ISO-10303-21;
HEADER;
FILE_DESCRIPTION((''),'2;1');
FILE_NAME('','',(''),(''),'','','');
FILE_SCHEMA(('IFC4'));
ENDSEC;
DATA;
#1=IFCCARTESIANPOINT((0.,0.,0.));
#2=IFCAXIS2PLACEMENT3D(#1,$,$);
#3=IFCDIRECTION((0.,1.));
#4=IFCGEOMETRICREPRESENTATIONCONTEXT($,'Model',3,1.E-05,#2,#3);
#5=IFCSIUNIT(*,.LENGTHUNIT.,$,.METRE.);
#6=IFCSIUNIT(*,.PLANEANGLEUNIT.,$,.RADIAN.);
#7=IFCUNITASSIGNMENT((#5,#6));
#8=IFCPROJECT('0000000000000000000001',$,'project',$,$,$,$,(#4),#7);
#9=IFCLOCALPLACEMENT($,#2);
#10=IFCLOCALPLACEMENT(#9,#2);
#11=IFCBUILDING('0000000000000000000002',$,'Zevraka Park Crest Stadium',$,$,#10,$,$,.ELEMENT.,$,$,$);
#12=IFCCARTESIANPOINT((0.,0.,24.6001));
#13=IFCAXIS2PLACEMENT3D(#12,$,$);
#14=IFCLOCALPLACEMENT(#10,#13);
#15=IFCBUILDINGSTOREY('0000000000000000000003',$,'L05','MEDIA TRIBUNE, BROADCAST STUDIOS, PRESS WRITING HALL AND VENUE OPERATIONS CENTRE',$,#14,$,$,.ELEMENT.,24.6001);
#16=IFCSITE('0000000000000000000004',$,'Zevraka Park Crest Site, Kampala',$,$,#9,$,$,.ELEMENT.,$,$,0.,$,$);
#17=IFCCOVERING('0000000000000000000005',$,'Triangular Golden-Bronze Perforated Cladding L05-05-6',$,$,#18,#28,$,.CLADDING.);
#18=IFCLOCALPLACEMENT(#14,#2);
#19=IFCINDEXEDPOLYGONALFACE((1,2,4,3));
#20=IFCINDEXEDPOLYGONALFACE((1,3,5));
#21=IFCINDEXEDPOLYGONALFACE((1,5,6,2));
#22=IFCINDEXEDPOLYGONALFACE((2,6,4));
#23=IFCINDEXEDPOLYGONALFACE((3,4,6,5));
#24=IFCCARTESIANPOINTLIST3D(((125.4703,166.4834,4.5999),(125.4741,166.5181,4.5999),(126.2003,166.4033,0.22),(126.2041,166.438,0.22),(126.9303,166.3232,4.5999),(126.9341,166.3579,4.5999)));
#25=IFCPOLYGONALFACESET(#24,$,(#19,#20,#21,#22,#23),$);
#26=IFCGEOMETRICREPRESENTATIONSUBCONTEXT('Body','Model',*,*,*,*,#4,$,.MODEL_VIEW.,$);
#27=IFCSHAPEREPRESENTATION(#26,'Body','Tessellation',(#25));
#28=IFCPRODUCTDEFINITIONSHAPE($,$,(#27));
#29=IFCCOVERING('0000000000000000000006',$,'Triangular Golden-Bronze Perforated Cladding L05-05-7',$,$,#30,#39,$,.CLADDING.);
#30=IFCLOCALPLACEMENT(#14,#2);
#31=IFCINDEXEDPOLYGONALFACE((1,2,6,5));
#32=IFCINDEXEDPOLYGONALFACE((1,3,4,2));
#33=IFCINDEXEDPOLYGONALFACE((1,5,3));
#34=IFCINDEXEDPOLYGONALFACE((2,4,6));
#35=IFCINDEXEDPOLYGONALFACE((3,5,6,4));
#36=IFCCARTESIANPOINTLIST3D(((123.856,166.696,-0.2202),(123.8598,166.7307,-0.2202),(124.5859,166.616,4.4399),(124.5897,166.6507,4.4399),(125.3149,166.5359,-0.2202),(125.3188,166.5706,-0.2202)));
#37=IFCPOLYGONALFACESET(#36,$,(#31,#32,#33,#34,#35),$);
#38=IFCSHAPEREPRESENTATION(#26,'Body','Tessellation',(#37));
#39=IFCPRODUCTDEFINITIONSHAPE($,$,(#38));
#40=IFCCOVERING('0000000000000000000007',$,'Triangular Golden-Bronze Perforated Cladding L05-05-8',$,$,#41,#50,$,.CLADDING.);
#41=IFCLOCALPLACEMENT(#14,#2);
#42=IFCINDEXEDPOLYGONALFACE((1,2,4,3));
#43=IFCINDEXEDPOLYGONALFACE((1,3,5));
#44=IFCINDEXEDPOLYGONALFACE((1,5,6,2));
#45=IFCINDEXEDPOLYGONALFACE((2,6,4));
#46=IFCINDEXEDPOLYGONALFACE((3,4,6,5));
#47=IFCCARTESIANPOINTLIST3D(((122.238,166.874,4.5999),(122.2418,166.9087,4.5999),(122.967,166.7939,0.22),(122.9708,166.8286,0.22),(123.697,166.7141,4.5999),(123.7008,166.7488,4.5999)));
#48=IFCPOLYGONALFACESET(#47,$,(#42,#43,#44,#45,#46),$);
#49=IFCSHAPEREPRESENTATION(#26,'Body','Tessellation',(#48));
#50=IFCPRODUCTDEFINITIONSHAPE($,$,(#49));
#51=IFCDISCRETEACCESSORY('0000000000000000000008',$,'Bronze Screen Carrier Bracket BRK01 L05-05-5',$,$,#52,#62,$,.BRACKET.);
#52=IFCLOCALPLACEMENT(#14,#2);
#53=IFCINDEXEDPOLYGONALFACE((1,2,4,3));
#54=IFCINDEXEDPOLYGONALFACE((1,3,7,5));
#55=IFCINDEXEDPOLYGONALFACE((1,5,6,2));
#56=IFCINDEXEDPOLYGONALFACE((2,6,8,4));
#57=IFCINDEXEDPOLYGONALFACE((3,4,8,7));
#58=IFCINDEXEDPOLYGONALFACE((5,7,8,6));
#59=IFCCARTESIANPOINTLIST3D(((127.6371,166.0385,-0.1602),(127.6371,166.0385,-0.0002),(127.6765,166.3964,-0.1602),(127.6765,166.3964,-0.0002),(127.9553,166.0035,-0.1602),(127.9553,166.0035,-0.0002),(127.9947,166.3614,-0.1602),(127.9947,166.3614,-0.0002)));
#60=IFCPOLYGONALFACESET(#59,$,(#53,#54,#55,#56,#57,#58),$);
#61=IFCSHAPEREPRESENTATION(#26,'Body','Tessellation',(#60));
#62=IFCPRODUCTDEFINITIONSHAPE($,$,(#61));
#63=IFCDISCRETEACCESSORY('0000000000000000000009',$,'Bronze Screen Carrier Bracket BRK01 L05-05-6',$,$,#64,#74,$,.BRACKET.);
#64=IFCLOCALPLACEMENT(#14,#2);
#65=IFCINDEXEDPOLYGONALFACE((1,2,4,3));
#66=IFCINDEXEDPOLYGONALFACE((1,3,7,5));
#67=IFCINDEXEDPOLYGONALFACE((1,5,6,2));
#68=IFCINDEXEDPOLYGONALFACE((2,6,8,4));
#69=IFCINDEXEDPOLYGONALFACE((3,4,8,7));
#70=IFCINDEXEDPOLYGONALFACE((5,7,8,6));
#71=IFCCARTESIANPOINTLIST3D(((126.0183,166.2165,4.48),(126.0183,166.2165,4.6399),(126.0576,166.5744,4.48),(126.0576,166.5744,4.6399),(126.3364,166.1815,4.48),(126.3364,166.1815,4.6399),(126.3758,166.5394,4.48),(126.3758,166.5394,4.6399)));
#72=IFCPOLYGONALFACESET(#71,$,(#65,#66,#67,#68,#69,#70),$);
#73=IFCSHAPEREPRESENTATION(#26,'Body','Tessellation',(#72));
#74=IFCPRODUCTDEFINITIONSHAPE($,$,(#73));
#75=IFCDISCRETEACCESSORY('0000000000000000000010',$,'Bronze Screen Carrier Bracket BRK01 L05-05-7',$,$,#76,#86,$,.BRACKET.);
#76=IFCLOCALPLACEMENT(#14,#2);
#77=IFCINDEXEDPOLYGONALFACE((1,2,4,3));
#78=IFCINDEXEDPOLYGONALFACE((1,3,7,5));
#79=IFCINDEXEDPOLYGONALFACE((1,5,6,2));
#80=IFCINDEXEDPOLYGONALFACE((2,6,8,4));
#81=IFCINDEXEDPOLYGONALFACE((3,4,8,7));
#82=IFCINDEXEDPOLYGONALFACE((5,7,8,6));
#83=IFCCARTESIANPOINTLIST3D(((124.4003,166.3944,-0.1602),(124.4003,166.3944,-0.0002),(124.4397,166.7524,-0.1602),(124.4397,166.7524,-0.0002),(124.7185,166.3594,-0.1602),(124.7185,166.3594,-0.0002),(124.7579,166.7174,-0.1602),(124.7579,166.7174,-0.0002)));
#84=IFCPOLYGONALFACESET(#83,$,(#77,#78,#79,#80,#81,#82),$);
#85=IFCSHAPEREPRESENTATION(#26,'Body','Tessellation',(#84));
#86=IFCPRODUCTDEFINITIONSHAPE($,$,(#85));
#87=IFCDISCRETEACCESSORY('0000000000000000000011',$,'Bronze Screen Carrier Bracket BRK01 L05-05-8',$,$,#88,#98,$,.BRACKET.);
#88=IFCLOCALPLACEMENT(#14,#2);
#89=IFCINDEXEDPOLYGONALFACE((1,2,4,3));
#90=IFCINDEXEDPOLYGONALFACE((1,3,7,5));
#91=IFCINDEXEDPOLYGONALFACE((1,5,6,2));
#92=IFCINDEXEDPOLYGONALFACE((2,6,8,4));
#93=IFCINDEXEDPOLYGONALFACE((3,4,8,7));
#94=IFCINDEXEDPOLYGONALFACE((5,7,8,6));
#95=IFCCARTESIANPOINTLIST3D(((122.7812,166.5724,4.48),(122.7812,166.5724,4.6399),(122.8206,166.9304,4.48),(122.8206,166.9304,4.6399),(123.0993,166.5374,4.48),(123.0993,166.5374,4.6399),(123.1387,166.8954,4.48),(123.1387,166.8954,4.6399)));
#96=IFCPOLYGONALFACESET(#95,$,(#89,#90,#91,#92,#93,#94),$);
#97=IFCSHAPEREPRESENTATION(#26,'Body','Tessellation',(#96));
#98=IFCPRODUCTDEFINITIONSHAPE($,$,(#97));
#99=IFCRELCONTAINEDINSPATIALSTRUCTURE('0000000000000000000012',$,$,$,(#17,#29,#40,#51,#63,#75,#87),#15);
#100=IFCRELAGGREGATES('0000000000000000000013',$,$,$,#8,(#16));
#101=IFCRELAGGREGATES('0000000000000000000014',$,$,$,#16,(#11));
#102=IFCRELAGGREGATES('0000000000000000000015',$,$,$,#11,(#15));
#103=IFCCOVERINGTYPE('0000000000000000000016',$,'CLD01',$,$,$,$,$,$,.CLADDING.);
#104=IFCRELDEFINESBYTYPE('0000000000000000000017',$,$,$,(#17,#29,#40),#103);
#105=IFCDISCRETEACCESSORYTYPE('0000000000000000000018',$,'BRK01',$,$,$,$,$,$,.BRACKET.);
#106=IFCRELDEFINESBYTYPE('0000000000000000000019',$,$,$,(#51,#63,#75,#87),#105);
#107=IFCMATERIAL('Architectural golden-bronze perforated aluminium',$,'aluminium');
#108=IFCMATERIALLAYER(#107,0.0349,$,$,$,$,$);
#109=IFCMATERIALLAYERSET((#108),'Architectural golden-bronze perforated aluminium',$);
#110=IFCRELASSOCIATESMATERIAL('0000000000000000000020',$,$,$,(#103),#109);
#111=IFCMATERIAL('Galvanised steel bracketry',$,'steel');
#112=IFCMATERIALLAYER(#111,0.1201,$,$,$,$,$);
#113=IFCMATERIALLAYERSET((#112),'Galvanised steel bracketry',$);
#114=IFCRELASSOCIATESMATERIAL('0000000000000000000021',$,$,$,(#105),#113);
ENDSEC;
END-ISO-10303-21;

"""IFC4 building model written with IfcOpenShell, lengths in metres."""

from ifc_helpers import new_model, si_unit, direction, frame, origin, origin_2d, place, context, subcontext, project, spatial, polyline, rectangle, outline, extrude, material, layer, layer_set, type_object, element, save


model = new_model("IFC4")

# Units and contexts
model_context = context("Model", 3, precision=1e-05, world=origin(), true_north=direction((0.0, 1.0)))
body_context = subcontext(model_context, "Body", "Model", "MODEL_VIEW")
ifc_project = project(units=[si_unit("LENGTHUNIT", "METRE"), si_unit("PLANEANGLEUNIT", "RADIAN")], contexts=[model_context])

# Site, building, storey
site_placement = place(None, origin())
site = spatial("IfcSite", under=ifc_project, at=site_placement, Name="Zevraka Park Crest Site, Kampala", CompositionType="ELEMENT", RefElevation=0.0)
building_placement = place(site_placement, origin())
building = spatial("IfcBuilding", under=site, at=building_placement, Name="Zevraka Park Crest Stadium", CompositionType="ELEMENT")
storey_placement = place(building_placement, frame((0.0, 0.0, 24.6001)))
storey = spatial("IfcBuildingStorey", under=building, at=storey_placement, Name="L05", Description="MEDIA TRIBUNE, BROADCAST STUDIOS, PRESS WRITING HALL AND VENUE OPERATIONS CENTRE", CompositionType="ELEMENT", Elevation=24.6001)

# Coverings
ifc_material_1 = material(Name="Architectural golden-bronze perforated aluminium", Category="aluminium")
ifc_layer_1 = layer(ifc_material_1, 0.0349)
ifc_layer_set_1 = layer_set([ifc_layer_1], Name="Architectural golden-bronze perforated aluminium")
covering_type = type_object("IfcCoveringType", Name="CLD01", PredefinedType="CLADDING", material=ifc_layer_set_1)
covering_1_placement = place(storey_placement, frame((125.4741, 166.5181, 4.5999), z_axis=(0.109045, 0.994037, 0.0), x_axis=(0.994037, -0.109045, 0.0)))
element("IfcCovering", 1, at=covering_1_placement, inside=storey, type_object=covering_type, Name="Triangular Golden-Bronze Perforated Cladding L05-05-6", PredefinedType="CLADDING", context=body_context, shape_type="SweptSolid", body=[
    extrude(outline(polyline([(0.0, 0.0), (1.4687, 0.0), (0.7344, 4.3799), (0.0, 0.0)])), origin(), (0.0, 0.0, -1.0), 0.0349),
])
covering_2_placement = place(storey_placement, frame((125.3149, 166.5359, -0.2202), z_axis=(-0.109117, -0.994029, 0.000011), x_axis=(-0.994029, 0.109117, 0.0)))
element("IfcCovering", 2, at=covering_2_placement, inside=storey, type_object=covering_type, Name="Triangular Golden-Bronze Perforated Cladding L05-05-7", PredefinedType="CLADDING", context=body_context, shape_type="SweptSolid", body=[
    extrude(outline(polyline([(0.0, 0.0), (1.4677, 0.0), (0.7334, -4.6602), (0.0, 0.0)])), origin(), (0.0, 0.0, -1.0), 0.0349),
])
covering_3_placement = place(storey_placement, frame((122.238, 166.874, 4.5999), z_axis=(-0.108953, -0.994047, 0.00004), x_axis=(0.994047, -0.108953, 0.0)))
element("IfcCovering", 3, at=covering_3_placement, inside=storey, type_object=covering_type, Name="Triangular Golden-Bronze Perforated Cladding L05-05-8", PredefinedType="CLADDING", context=body_context, shape_type="SweptSolid", body=[
    extrude(outline(polyline([(0.0, 0.0), (1.4677, 0.0), (0.7334, -4.3799), (0.0, 0.0)])), origin(), (0.0, 0.0, -1.0), 0.0349),
])

# Discrete accessories
ifc_material_2 = material(Name="Galvanised steel bracketry", Category="steel")
ifc_layer_2 = layer(ifc_material_2, 0.1201)
ifc_layer_set_2 = layer_set([ifc_layer_2], Name="Galvanised steel bracketry")
discrete_accessory_type = type_object("IfcDiscreteAccessoryType", Name="BRK01", PredefinedType="BRACKET", material=ifc_layer_set_2)
for number, where, z_axis, x_axis, name in (
    (4, (127.8159, 166.2, -0.1602), (0.0, 0.0, 1.0), (-0.993999, 0.109387, 0.0), "Bronze Screen Carrier Bracket BRK01 L05-05-5"),
    (5, (126.197, 166.3779, 4.48), (0.0, 0.0, 1.0), (-0.993999, 0.109387, 0.0), "Bronze Screen Carrier Bracket BRK01 L05-05-6"),
    (6, (124.5791, 166.5559, -0.1602), (0.0, 0.0, 1.0), (-0.993999, 0.109387, 0.0), "Bronze Screen Carrier Bracket BRK01 L05-05-7"),
    (7, (122.96, 166.7339, 4.48), (0.0, 0.0, 1.0), (-0.993999, 0.109387, 0.0), "Bronze Screen Carrier Bracket BRK01 L05-05-8"),
):
    element("IfcDiscreteAccessory", number, at=place(storey_placement, frame(where, z_axis=z_axis, x_axis=x_axis)), inside=storey, type_object=discrete_accessory_type, Name=name, PredefinedType="BRACKET", context=body_context, shape_type="SweptSolid", body=[
        extrude(rectangle(XDim=0.3201, YDim=0.3601, at=origin_2d()), origin(), (0.0, 0.0, 1.0), 0.1599),
    ])

save(model, "model.ifc")
